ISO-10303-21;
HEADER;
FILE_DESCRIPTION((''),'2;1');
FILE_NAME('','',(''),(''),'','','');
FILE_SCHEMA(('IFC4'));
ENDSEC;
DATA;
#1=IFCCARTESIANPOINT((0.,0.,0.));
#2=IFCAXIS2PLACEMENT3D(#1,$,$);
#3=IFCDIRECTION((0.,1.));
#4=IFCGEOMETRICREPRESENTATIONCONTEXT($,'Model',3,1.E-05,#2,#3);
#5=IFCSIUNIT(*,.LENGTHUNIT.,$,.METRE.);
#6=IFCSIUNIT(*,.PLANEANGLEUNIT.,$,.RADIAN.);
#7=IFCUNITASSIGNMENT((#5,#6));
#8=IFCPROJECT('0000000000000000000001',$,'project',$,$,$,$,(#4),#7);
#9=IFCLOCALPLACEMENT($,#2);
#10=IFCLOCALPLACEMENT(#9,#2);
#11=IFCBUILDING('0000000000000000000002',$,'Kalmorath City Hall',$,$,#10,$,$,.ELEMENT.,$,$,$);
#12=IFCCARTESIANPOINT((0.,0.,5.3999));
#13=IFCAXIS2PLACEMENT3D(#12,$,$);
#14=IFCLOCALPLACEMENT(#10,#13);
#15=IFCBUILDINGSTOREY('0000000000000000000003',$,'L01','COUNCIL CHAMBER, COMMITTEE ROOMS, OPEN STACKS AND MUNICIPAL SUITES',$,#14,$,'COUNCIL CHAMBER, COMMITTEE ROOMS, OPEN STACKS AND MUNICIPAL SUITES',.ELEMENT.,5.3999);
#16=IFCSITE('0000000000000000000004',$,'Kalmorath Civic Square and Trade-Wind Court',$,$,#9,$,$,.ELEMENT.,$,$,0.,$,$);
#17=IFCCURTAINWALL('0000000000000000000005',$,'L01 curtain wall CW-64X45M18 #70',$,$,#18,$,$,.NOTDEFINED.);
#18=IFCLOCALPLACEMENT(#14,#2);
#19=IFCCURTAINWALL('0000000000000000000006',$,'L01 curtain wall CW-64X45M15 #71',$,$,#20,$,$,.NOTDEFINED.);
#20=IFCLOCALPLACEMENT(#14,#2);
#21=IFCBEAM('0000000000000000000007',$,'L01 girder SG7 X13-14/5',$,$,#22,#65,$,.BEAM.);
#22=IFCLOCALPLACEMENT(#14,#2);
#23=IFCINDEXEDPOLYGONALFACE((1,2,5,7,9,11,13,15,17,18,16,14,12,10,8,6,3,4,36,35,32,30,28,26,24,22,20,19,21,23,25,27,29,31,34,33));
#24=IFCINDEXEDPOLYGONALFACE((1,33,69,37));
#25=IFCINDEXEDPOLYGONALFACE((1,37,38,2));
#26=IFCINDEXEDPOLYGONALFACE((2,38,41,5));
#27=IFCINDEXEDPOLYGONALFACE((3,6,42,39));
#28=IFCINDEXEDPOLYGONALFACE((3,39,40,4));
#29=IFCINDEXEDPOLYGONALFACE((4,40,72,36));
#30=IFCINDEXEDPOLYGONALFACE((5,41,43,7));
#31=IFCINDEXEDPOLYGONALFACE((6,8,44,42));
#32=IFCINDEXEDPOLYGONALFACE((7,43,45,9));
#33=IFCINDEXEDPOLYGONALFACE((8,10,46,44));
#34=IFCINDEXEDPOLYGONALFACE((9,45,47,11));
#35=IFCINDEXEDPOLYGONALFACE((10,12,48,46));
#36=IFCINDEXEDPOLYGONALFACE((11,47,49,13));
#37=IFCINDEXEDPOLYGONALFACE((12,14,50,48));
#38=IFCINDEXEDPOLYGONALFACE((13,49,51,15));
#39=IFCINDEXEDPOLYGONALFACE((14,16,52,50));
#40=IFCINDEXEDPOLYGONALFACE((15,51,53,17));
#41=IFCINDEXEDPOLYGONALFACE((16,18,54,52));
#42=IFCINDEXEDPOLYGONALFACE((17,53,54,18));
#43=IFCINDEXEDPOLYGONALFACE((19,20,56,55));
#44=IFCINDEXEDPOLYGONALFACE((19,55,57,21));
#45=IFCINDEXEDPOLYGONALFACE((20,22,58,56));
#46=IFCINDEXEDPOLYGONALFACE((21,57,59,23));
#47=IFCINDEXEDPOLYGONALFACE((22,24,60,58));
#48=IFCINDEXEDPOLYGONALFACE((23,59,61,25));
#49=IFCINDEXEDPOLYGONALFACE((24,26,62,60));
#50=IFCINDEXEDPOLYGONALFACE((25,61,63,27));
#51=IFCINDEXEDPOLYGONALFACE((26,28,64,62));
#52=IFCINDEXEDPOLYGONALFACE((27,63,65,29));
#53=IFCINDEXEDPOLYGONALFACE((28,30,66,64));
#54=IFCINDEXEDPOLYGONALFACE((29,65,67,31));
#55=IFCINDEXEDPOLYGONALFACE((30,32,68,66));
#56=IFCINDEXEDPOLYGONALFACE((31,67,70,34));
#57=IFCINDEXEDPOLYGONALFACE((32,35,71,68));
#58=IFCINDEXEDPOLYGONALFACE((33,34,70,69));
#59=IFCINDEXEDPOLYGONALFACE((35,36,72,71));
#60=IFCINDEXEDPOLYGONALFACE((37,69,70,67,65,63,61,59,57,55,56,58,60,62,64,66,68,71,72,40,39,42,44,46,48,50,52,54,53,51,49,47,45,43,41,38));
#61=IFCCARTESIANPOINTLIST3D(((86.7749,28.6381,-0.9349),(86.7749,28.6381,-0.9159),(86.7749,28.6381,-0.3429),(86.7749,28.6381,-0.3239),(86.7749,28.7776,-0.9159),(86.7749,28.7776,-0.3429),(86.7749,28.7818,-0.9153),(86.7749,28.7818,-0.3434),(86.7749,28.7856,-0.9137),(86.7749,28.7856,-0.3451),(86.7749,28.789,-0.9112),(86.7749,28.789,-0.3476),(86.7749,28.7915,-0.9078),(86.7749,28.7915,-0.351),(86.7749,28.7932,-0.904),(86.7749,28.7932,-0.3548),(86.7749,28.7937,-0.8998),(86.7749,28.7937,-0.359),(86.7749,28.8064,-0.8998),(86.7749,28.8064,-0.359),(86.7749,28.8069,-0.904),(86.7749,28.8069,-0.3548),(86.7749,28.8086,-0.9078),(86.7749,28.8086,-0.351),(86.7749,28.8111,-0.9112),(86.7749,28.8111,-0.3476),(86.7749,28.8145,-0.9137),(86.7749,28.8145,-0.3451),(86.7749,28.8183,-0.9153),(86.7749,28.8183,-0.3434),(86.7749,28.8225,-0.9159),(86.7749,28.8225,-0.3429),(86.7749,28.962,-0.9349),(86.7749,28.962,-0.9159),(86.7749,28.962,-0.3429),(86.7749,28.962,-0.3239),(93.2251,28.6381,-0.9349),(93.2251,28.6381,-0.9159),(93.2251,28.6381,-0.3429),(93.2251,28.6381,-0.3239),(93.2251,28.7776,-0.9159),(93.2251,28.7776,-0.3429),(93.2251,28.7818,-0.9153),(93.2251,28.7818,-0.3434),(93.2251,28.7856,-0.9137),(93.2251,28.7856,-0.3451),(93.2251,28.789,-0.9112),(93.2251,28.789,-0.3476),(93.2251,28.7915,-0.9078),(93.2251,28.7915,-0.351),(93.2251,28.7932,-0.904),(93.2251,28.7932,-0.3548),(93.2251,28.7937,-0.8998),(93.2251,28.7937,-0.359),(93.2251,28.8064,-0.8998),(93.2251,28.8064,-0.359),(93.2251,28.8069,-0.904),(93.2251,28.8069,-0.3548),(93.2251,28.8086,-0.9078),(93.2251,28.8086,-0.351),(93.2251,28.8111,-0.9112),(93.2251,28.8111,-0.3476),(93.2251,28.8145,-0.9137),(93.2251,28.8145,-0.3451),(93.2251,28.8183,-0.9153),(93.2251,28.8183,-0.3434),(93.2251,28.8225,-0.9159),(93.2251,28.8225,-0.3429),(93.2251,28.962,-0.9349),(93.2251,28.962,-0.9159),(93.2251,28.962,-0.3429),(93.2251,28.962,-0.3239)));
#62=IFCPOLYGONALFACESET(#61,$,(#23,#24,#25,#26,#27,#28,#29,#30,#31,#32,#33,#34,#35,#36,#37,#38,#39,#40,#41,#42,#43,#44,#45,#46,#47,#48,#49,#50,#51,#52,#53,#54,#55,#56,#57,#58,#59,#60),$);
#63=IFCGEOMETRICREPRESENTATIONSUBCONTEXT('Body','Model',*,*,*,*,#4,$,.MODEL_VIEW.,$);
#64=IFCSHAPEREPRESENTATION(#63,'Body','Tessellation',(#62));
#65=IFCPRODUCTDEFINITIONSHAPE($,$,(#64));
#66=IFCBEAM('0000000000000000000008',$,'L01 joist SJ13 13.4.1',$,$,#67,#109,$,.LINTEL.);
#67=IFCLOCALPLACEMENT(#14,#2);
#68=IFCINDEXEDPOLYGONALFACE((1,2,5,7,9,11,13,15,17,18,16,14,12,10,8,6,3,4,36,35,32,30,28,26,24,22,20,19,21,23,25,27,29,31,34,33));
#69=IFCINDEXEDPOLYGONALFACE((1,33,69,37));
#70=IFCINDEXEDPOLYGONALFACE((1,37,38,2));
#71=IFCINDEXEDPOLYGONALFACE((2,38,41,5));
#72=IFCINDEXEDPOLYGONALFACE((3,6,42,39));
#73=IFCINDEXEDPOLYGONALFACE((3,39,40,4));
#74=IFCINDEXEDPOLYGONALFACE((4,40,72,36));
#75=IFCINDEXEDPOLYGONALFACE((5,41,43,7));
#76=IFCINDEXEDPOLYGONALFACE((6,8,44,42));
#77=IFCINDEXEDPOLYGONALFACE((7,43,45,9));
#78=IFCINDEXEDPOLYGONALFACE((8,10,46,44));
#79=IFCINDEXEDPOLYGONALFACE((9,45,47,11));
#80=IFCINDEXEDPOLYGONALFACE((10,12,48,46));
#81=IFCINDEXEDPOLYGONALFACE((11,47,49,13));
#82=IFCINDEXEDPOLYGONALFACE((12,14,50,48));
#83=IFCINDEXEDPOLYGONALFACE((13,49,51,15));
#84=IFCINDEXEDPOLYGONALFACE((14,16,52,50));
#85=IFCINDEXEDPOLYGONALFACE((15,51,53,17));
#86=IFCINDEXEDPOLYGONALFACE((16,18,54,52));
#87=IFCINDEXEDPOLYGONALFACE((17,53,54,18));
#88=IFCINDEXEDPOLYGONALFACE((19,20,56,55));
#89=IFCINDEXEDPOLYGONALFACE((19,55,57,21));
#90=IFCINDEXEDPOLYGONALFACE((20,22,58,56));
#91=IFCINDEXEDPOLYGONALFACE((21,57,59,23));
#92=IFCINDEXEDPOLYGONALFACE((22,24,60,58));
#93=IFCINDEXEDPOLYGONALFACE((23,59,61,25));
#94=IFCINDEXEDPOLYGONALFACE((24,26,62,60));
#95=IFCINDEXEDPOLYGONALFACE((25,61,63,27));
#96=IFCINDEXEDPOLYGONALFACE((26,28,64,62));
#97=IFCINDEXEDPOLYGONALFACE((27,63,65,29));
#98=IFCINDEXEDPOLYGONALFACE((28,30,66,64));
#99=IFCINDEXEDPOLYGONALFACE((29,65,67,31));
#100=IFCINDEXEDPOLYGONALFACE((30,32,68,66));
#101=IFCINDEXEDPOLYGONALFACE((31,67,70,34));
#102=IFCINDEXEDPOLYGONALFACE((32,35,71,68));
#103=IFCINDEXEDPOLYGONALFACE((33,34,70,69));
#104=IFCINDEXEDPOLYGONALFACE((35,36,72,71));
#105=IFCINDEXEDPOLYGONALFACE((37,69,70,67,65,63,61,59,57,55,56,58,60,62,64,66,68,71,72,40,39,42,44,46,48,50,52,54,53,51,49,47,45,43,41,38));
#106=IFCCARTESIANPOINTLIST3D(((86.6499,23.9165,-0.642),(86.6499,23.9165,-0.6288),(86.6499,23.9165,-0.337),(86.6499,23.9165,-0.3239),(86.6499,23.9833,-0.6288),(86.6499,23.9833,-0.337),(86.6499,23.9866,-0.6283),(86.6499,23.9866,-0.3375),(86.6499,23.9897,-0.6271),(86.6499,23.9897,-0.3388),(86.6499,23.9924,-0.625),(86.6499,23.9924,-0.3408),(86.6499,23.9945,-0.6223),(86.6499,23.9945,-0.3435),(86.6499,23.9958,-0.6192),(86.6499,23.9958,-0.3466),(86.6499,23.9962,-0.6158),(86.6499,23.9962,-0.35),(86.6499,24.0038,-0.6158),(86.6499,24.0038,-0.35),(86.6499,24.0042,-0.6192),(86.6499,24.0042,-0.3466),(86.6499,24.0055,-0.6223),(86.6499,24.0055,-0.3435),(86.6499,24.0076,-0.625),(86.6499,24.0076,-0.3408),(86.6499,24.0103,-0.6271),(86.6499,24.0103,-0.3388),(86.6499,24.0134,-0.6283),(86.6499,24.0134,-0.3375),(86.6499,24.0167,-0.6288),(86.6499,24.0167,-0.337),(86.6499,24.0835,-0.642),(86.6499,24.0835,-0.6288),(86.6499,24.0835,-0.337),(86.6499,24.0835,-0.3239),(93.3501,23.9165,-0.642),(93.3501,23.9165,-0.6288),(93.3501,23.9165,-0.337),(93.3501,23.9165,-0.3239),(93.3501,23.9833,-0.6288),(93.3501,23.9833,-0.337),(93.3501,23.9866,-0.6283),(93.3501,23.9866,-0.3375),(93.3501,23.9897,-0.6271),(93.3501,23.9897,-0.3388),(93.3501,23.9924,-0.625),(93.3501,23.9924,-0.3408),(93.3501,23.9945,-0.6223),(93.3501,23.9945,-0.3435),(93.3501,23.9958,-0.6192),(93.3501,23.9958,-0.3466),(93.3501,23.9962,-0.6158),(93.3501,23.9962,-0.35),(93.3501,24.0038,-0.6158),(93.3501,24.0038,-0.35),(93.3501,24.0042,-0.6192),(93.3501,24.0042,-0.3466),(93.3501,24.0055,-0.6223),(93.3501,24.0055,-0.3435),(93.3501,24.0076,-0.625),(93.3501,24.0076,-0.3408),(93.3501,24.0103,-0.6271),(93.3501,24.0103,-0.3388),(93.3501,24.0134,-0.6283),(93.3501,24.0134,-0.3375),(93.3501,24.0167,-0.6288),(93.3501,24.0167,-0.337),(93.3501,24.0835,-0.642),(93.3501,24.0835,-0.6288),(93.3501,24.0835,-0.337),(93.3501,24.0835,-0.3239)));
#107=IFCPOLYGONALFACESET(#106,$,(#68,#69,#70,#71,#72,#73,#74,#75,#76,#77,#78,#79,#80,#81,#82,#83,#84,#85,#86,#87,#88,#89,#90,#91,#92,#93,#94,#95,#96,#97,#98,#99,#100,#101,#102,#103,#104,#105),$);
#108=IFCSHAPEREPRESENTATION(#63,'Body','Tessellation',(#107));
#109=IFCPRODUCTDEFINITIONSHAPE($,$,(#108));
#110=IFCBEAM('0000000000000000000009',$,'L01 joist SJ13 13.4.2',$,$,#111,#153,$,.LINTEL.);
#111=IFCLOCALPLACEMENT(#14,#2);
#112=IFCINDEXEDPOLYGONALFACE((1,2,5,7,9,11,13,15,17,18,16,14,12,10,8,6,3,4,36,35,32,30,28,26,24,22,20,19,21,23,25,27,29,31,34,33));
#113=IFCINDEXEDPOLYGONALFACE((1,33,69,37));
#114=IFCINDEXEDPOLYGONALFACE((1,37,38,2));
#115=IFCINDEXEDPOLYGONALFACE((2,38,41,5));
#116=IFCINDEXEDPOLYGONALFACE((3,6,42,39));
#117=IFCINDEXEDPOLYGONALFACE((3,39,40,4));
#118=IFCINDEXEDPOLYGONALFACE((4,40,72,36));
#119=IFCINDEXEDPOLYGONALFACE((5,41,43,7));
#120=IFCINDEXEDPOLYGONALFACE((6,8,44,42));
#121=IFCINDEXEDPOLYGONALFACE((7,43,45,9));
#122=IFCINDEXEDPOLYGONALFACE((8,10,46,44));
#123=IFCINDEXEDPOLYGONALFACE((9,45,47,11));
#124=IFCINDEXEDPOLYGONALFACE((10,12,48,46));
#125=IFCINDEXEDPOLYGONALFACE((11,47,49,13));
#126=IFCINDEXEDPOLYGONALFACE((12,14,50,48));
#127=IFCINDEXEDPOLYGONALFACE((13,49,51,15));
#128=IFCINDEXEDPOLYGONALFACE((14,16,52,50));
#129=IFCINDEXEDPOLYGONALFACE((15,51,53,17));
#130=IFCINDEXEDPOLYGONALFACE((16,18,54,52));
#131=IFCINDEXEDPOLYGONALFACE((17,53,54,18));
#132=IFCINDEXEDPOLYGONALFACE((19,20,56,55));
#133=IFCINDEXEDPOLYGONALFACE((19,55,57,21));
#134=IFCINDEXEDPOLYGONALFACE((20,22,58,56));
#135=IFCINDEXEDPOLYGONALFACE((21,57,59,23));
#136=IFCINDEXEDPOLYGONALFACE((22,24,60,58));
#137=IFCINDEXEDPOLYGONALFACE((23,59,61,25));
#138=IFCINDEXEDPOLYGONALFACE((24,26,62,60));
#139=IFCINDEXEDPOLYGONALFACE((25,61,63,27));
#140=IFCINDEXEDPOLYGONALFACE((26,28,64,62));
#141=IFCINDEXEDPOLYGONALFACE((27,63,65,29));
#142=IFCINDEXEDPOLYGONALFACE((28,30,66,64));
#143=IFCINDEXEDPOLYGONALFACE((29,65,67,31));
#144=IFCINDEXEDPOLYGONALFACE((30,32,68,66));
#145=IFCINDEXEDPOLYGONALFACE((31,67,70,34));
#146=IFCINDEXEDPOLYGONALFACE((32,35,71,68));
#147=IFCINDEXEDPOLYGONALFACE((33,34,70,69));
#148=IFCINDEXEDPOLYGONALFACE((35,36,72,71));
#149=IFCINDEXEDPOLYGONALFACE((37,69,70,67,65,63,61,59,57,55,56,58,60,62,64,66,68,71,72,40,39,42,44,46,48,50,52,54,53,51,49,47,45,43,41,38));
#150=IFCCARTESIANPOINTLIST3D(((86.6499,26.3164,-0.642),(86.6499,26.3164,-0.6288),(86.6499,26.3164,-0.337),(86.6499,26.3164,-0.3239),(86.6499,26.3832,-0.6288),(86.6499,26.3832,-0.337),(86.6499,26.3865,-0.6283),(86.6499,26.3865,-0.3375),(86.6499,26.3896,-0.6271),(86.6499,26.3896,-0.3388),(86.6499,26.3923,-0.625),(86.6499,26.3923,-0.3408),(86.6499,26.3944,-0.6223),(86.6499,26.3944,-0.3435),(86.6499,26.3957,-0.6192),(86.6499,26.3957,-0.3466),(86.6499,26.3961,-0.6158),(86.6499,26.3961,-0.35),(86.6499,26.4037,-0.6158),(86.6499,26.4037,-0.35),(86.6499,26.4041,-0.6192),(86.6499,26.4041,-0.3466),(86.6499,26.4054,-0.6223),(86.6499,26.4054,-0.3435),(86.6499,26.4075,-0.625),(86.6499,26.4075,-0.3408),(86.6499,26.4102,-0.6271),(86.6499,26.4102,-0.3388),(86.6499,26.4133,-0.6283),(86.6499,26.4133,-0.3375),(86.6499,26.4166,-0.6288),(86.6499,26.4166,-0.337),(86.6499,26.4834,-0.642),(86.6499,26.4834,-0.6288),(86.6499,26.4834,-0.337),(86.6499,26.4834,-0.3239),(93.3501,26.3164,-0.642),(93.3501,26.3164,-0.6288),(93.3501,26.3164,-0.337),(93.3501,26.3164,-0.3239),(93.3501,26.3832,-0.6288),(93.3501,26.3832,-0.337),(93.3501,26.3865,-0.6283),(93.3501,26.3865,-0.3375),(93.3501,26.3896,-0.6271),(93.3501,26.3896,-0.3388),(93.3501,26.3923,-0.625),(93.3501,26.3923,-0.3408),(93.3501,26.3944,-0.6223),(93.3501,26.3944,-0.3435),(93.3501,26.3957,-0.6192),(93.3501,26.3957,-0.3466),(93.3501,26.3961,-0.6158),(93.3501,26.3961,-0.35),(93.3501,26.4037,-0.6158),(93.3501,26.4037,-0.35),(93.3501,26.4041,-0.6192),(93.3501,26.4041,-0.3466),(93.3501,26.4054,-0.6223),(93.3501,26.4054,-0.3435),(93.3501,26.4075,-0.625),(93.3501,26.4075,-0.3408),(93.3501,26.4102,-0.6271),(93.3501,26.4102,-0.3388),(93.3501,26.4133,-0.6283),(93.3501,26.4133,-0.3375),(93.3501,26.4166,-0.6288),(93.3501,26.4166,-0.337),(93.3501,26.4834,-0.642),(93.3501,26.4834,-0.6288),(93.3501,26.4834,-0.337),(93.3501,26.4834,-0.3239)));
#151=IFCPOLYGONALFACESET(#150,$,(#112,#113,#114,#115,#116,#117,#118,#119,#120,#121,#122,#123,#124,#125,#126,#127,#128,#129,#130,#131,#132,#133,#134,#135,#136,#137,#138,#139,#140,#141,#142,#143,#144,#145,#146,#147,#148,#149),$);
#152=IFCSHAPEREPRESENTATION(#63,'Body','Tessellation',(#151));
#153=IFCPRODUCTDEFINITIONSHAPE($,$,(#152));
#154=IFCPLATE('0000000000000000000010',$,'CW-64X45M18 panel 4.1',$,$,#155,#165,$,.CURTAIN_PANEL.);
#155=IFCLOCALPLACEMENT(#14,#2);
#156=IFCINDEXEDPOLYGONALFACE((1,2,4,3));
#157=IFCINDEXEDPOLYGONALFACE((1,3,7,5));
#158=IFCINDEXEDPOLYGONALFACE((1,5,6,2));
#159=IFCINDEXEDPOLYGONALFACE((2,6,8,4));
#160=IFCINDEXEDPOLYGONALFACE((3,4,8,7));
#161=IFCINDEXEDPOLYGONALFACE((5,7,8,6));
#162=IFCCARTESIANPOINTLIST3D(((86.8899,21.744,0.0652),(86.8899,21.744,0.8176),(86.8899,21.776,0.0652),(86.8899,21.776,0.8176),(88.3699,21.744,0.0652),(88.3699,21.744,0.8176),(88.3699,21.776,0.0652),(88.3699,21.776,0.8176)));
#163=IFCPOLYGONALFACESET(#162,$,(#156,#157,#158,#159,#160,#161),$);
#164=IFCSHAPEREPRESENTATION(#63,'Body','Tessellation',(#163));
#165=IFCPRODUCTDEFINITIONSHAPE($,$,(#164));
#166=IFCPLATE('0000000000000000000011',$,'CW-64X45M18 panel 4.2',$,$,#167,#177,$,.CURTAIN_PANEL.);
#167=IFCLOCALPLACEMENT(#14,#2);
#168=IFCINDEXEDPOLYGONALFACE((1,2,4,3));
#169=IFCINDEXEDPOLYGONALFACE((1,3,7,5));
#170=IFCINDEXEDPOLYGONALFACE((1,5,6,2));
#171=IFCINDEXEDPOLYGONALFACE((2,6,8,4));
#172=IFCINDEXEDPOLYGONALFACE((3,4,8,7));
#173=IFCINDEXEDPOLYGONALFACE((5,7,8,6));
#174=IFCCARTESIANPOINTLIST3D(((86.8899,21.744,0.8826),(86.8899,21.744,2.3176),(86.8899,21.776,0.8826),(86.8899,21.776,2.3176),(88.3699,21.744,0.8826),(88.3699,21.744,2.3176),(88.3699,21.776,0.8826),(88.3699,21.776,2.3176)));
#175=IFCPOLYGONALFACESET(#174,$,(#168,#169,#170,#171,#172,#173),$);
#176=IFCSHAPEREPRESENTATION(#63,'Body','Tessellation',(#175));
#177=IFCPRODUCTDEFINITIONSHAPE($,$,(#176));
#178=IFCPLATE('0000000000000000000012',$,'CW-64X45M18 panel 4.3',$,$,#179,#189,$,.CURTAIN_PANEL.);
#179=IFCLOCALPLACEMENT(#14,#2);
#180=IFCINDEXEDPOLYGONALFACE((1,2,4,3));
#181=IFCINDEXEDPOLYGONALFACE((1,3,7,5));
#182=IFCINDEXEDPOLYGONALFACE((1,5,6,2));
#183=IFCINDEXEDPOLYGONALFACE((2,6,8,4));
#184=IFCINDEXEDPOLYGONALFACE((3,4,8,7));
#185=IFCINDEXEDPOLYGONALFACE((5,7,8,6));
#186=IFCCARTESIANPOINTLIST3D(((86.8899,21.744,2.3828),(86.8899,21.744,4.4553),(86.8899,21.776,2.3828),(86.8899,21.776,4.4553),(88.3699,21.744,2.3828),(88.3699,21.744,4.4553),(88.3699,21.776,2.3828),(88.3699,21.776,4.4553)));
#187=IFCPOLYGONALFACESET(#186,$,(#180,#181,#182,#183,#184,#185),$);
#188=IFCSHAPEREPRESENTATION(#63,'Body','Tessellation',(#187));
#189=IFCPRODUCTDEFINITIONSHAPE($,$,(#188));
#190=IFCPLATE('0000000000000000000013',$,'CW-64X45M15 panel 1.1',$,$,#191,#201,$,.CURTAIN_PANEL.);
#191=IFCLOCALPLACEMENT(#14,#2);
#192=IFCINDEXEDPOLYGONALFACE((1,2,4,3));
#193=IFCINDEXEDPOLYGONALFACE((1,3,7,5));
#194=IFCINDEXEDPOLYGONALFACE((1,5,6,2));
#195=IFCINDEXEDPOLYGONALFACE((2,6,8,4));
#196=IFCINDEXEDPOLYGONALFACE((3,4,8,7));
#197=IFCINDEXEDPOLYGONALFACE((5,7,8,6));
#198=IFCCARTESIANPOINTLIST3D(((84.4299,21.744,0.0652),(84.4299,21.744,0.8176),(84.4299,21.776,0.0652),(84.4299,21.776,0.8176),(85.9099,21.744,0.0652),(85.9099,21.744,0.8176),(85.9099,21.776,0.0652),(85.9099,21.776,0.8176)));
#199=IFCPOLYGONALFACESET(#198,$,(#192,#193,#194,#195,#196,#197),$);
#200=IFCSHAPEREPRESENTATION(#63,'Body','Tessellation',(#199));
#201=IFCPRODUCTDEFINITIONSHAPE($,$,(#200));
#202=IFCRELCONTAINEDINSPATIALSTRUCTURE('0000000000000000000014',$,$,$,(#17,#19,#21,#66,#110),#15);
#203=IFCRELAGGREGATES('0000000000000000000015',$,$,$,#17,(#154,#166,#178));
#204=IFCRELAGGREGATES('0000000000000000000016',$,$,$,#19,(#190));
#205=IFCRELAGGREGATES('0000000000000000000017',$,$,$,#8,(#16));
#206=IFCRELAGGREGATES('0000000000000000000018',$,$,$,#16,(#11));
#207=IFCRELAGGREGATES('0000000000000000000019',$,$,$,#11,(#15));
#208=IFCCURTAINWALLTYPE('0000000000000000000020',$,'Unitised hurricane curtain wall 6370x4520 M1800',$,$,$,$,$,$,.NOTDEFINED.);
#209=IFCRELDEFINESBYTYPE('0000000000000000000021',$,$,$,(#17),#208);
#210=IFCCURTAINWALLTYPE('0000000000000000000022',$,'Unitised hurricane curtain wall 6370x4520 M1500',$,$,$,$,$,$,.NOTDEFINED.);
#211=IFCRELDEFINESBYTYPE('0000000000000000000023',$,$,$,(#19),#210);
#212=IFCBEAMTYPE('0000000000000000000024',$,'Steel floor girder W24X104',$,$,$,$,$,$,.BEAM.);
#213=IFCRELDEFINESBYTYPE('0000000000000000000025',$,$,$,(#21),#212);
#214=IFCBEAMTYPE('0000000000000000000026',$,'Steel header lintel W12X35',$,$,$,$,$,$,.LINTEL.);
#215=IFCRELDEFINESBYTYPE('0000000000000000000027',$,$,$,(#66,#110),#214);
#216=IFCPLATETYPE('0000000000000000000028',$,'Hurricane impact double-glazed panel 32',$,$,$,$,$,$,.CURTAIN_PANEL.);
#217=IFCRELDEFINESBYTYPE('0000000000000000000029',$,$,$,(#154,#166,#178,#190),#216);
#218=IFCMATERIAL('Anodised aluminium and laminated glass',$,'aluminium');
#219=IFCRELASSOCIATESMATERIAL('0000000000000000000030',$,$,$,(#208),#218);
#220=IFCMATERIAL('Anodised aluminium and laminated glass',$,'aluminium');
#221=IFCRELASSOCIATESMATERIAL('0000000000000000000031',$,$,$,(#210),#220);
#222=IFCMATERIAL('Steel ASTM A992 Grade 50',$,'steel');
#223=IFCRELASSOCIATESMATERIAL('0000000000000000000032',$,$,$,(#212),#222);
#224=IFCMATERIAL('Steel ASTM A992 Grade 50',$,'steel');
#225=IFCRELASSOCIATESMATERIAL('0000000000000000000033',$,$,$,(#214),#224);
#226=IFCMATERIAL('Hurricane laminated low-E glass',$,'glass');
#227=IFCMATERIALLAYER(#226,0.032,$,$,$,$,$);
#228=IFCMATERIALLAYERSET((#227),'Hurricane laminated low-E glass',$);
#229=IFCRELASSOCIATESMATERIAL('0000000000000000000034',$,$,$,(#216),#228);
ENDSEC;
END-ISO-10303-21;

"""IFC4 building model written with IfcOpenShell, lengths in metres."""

from ifc_helpers import new_model, si_unit, direction, frame, origin, origin_2d, place, context, subcontext, project, spatial, rectangle, i_section, extrude, material, layer, layer_set, material_profile, profile_set, type_object, element, aggregate, save


model = new_model("IFC4")

# Units and contexts
model_context = context("Model", 3, precision=1e-05, world=origin(), true_north=direction((0.0, 1.0)))
body_context = subcontext(model_context, "Body", "Model", "MODEL_VIEW")
ifc_project = project(units=[si_unit("LENGTHUNIT", "METRE"), si_unit("PLANEANGLEUNIT", "RADIAN")], contexts=[model_context])

# Site, building, storey
site_placement = place(None, origin())
site = spatial("IfcSite", under=ifc_project, at=site_placement, Name="Kalmorath Civic Square and Trade-Wind Court", CompositionType="ELEMENT", RefElevation=0.0)
building_placement = place(site_placement, origin())
building = spatial("IfcBuilding", under=site, at=building_placement, Name="Kalmorath City Hall", CompositionType="ELEMENT")
storey_placement = place(building_placement, frame((0.0, 0.0, 5.3999)))
storey = spatial("IfcBuildingStorey", under=building, at=storey_placement, Name="L01", Description="COUNCIL CHAMBER, COMMITTEE ROOMS, OPEN STACKS AND MUNICIPAL SUITES", LongName="COUNCIL CHAMBER, COMMITTEE ROOMS, OPEN STACKS AND MUNICIPAL SUITES", CompositionType="ELEMENT", Elevation=5.3999)

# Curtain wall
ifc_material_1 = material(Name="Anodised aluminium and laminated glass", Category="aluminium")
curtain_wall_type_1 = type_object("IfcCurtainWallType", Name="Unitised hurricane curtain wall 6370x4520 M1800", PredefinedType="NOTDEFINED", material=ifc_material_1)
curtain_wall_1_placement = place(storey_placement, origin())
curtain_wall_1 = element("IfcCurtainWall", 1, at=curtain_wall_1_placement, inside=storey, type_object=curtain_wall_type_1, Name="L01 curtain wall CW-64X45M18 #70", PredefinedType="NOTDEFINED")

# Curtain wall
ifc_material_2 = material(Name="Anodised aluminium and laminated glass", Category="aluminium")
curtain_wall_type_2 = type_object("IfcCurtainWallType", Name="Unitised hurricane curtain wall 6370x4520 M1500", PredefinedType="NOTDEFINED", material=ifc_material_2)
curtain_wall_2_placement = place(storey_placement, origin())
curtain_wall_2 = element("IfcCurtainWall", 2, at=curtain_wall_2_placement, inside=storey, type_object=curtain_wall_type_2, Name="L01 curtain wall CW-64X45M15 #71", PredefinedType="NOTDEFINED")

# Beams
ifc_material_3 = material(Name="Steel ASTM A992 Grade 50", Category="steel")
ifc_material_profile_1 = material_profile(ifc_material_3, i_section(OverallWidth=0.324, OverallDepth=0.6111, WebThickness=0.0127, FlangeThickness=0.019, FilletRadius=0.0161, at=origin_2d()), Name="W24X104")
ifc_profile_set_1 = profile_set([ifc_material_profile_1], Name="Steel ASTM A992 Grade 50")
beam_type_1 = type_object("IfcBeamType", Name="Steel floor girder W24X104", PredefinedType="BEAM", material=ifc_profile_set_1)
beam_1_placement = place(storey_placement, frame((86.7749, 28.8, -0.6294), z_axis=(1.0, 0.0, 0.0), x_axis=(0.0, 1.0, 0.0)))
element("IfcBeam", 3, at=beam_1_placement, inside=storey, type_object=beam_type_1, Name="L01 girder SG7 X13-14/5", PredefinedType="BEAM", context=body_context, shape_type="SweptSolid", body=[
    extrude(i_section(OverallWidth=0.324, OverallDepth=0.6111, WebThickness=0.0127, FlangeThickness=0.019, FilletRadius=0.0161, at=origin_2d()), origin(), (0.0, 0.0, 1.0), 6.4502),
])
ifc_material_4 = material(Name="Steel ASTM A992 Grade 50", Category="steel")
ifc_material_profile_2 = material_profile(ifc_material_4, i_section(OverallWidth=0.167, OverallDepth=0.3181, WebThickness=0.0076, FlangeThickness=0.0132, FilletRadius=0.0129, at=origin_2d()), Name="W12X35")
ifc_profile_set_2 = profile_set([ifc_material_profile_2], Name="Steel ASTM A992 Grade 50")
beam_type_2 = type_object("IfcBeamType", Name="Steel header lintel W12X35", PredefinedType="LINTEL", material=ifc_profile_set_2)
for number, where, z_axis, x_axis, name in (
    (4, (86.6499, 24.0, -0.4829), (1.0, 0.0, 0.0), (0.0, 1.0, 0.0), "L01 joist SJ13 13.4.1"),
    (5, (86.6499, 26.3999, -0.4829), (1.0, 0.0, 0.0), (0.0, 1.0, 0.0), "L01 joist SJ13 13.4.2"),
):
    element("IfcBeam", number, at=place(storey_placement, frame(where, z_axis=z_axis, x_axis=x_axis)), inside=storey, type_object=beam_type_2, Name=name, PredefinedType="LINTEL", context=body_context, shape_type="SweptSolid", body=[
        extrude(i_section(OverallWidth=0.167, OverallDepth=0.3181, WebThickness=0.0076, FlangeThickness=0.0132, FilletRadius=0.0129, at=origin_2d()), origin(), (0.0, 0.0, 1.0), 6.7002),
    ])

# Plates
ifc_material_5 = material(Name="Hurricane laminated low-E glass", Category="glass")
ifc_layer = layer(ifc_material_5, 0.032)
ifc_layer_set = layer_set([ifc_layer], Name="Hurricane laminated low-E glass")
plate_type = type_object("IfcPlateType", Name="Hurricane impact double-glazed panel 32", PredefinedType="CURTAIN_PANEL", material=ifc_layer_set)
plate_1_placement = place(storey_placement, frame((87.6299, 21.76, 0.0652), z_axis=(0.0, 0.0, 1.0), x_axis=(-1.0, 0.0, 0.0)))
plate_1 = element("IfcPlate", 6, at=plate_1_placement, type_object=plate_type, Name="CW-64X45M18 panel 4.1", PredefinedType="CURTAIN_PANEL", context=body_context, shape_type="SweptSolid", body=[
    extrude(rectangle(XDim=1.48, YDim=0.032, at=origin_2d()), origin(), (0.0, 0.0, 1.0), 0.7524),
])
plate_2_placement = place(storey_placement, frame((87.6299, 21.76, 0.8826), z_axis=(0.0, 0.0, 1.0), x_axis=(-1.0, 0.0, 0.0)))
plate_2 = element("IfcPlate", 7, at=plate_2_placement, type_object=plate_type, Name="CW-64X45M18 panel 4.2", PredefinedType="CURTAIN_PANEL", context=body_context, shape_type="SweptSolid", body=[
    extrude(rectangle(XDim=1.48, YDim=0.032, at=origin_2d()), origin(), (0.0, 0.0, 1.0), 1.4351),
])
plate_3_placement = place(storey_placement, frame((87.6299, 21.76, 2.3828), z_axis=(0.0, 0.0, 1.0), x_axis=(-1.0, 0.0, 0.0)))
plate_3 = element("IfcPlate", 8, at=plate_3_placement, type_object=plate_type, Name="CW-64X45M18 panel 4.3", PredefinedType="CURTAIN_PANEL", context=body_context, shape_type="SweptSolid", body=[
    extrude(rectangle(XDim=1.48, YDim=0.032, at=origin_2d()), origin(), (0.0, 0.0, 1.0), 2.0725),
])
aggregate(curtain_wall_1, [plate_1, plate_2, plate_3])
plate_4_placement = place(storey_placement, frame((85.1699, 21.76, 0.0652), z_axis=(0.0, 0.0, 1.0), x_axis=(-1.0, 0.0, 0.0)))
plate_4 = element("IfcPlate", 9, at=plate_4_placement, type_object=plate_type, Name="CW-64X45M15 panel 1.1", PredefinedType="CURTAIN_PANEL", context=body_context, shape_type="SweptSolid", body=[
    extrude(rectangle(XDim=1.48, YDim=0.032, at=origin_2d()), origin(), (0.0, 0.0, 1.0), 0.7524),
])
aggregate(curtain_wall_2, [plate_4])

save(model, "model.ifc")
